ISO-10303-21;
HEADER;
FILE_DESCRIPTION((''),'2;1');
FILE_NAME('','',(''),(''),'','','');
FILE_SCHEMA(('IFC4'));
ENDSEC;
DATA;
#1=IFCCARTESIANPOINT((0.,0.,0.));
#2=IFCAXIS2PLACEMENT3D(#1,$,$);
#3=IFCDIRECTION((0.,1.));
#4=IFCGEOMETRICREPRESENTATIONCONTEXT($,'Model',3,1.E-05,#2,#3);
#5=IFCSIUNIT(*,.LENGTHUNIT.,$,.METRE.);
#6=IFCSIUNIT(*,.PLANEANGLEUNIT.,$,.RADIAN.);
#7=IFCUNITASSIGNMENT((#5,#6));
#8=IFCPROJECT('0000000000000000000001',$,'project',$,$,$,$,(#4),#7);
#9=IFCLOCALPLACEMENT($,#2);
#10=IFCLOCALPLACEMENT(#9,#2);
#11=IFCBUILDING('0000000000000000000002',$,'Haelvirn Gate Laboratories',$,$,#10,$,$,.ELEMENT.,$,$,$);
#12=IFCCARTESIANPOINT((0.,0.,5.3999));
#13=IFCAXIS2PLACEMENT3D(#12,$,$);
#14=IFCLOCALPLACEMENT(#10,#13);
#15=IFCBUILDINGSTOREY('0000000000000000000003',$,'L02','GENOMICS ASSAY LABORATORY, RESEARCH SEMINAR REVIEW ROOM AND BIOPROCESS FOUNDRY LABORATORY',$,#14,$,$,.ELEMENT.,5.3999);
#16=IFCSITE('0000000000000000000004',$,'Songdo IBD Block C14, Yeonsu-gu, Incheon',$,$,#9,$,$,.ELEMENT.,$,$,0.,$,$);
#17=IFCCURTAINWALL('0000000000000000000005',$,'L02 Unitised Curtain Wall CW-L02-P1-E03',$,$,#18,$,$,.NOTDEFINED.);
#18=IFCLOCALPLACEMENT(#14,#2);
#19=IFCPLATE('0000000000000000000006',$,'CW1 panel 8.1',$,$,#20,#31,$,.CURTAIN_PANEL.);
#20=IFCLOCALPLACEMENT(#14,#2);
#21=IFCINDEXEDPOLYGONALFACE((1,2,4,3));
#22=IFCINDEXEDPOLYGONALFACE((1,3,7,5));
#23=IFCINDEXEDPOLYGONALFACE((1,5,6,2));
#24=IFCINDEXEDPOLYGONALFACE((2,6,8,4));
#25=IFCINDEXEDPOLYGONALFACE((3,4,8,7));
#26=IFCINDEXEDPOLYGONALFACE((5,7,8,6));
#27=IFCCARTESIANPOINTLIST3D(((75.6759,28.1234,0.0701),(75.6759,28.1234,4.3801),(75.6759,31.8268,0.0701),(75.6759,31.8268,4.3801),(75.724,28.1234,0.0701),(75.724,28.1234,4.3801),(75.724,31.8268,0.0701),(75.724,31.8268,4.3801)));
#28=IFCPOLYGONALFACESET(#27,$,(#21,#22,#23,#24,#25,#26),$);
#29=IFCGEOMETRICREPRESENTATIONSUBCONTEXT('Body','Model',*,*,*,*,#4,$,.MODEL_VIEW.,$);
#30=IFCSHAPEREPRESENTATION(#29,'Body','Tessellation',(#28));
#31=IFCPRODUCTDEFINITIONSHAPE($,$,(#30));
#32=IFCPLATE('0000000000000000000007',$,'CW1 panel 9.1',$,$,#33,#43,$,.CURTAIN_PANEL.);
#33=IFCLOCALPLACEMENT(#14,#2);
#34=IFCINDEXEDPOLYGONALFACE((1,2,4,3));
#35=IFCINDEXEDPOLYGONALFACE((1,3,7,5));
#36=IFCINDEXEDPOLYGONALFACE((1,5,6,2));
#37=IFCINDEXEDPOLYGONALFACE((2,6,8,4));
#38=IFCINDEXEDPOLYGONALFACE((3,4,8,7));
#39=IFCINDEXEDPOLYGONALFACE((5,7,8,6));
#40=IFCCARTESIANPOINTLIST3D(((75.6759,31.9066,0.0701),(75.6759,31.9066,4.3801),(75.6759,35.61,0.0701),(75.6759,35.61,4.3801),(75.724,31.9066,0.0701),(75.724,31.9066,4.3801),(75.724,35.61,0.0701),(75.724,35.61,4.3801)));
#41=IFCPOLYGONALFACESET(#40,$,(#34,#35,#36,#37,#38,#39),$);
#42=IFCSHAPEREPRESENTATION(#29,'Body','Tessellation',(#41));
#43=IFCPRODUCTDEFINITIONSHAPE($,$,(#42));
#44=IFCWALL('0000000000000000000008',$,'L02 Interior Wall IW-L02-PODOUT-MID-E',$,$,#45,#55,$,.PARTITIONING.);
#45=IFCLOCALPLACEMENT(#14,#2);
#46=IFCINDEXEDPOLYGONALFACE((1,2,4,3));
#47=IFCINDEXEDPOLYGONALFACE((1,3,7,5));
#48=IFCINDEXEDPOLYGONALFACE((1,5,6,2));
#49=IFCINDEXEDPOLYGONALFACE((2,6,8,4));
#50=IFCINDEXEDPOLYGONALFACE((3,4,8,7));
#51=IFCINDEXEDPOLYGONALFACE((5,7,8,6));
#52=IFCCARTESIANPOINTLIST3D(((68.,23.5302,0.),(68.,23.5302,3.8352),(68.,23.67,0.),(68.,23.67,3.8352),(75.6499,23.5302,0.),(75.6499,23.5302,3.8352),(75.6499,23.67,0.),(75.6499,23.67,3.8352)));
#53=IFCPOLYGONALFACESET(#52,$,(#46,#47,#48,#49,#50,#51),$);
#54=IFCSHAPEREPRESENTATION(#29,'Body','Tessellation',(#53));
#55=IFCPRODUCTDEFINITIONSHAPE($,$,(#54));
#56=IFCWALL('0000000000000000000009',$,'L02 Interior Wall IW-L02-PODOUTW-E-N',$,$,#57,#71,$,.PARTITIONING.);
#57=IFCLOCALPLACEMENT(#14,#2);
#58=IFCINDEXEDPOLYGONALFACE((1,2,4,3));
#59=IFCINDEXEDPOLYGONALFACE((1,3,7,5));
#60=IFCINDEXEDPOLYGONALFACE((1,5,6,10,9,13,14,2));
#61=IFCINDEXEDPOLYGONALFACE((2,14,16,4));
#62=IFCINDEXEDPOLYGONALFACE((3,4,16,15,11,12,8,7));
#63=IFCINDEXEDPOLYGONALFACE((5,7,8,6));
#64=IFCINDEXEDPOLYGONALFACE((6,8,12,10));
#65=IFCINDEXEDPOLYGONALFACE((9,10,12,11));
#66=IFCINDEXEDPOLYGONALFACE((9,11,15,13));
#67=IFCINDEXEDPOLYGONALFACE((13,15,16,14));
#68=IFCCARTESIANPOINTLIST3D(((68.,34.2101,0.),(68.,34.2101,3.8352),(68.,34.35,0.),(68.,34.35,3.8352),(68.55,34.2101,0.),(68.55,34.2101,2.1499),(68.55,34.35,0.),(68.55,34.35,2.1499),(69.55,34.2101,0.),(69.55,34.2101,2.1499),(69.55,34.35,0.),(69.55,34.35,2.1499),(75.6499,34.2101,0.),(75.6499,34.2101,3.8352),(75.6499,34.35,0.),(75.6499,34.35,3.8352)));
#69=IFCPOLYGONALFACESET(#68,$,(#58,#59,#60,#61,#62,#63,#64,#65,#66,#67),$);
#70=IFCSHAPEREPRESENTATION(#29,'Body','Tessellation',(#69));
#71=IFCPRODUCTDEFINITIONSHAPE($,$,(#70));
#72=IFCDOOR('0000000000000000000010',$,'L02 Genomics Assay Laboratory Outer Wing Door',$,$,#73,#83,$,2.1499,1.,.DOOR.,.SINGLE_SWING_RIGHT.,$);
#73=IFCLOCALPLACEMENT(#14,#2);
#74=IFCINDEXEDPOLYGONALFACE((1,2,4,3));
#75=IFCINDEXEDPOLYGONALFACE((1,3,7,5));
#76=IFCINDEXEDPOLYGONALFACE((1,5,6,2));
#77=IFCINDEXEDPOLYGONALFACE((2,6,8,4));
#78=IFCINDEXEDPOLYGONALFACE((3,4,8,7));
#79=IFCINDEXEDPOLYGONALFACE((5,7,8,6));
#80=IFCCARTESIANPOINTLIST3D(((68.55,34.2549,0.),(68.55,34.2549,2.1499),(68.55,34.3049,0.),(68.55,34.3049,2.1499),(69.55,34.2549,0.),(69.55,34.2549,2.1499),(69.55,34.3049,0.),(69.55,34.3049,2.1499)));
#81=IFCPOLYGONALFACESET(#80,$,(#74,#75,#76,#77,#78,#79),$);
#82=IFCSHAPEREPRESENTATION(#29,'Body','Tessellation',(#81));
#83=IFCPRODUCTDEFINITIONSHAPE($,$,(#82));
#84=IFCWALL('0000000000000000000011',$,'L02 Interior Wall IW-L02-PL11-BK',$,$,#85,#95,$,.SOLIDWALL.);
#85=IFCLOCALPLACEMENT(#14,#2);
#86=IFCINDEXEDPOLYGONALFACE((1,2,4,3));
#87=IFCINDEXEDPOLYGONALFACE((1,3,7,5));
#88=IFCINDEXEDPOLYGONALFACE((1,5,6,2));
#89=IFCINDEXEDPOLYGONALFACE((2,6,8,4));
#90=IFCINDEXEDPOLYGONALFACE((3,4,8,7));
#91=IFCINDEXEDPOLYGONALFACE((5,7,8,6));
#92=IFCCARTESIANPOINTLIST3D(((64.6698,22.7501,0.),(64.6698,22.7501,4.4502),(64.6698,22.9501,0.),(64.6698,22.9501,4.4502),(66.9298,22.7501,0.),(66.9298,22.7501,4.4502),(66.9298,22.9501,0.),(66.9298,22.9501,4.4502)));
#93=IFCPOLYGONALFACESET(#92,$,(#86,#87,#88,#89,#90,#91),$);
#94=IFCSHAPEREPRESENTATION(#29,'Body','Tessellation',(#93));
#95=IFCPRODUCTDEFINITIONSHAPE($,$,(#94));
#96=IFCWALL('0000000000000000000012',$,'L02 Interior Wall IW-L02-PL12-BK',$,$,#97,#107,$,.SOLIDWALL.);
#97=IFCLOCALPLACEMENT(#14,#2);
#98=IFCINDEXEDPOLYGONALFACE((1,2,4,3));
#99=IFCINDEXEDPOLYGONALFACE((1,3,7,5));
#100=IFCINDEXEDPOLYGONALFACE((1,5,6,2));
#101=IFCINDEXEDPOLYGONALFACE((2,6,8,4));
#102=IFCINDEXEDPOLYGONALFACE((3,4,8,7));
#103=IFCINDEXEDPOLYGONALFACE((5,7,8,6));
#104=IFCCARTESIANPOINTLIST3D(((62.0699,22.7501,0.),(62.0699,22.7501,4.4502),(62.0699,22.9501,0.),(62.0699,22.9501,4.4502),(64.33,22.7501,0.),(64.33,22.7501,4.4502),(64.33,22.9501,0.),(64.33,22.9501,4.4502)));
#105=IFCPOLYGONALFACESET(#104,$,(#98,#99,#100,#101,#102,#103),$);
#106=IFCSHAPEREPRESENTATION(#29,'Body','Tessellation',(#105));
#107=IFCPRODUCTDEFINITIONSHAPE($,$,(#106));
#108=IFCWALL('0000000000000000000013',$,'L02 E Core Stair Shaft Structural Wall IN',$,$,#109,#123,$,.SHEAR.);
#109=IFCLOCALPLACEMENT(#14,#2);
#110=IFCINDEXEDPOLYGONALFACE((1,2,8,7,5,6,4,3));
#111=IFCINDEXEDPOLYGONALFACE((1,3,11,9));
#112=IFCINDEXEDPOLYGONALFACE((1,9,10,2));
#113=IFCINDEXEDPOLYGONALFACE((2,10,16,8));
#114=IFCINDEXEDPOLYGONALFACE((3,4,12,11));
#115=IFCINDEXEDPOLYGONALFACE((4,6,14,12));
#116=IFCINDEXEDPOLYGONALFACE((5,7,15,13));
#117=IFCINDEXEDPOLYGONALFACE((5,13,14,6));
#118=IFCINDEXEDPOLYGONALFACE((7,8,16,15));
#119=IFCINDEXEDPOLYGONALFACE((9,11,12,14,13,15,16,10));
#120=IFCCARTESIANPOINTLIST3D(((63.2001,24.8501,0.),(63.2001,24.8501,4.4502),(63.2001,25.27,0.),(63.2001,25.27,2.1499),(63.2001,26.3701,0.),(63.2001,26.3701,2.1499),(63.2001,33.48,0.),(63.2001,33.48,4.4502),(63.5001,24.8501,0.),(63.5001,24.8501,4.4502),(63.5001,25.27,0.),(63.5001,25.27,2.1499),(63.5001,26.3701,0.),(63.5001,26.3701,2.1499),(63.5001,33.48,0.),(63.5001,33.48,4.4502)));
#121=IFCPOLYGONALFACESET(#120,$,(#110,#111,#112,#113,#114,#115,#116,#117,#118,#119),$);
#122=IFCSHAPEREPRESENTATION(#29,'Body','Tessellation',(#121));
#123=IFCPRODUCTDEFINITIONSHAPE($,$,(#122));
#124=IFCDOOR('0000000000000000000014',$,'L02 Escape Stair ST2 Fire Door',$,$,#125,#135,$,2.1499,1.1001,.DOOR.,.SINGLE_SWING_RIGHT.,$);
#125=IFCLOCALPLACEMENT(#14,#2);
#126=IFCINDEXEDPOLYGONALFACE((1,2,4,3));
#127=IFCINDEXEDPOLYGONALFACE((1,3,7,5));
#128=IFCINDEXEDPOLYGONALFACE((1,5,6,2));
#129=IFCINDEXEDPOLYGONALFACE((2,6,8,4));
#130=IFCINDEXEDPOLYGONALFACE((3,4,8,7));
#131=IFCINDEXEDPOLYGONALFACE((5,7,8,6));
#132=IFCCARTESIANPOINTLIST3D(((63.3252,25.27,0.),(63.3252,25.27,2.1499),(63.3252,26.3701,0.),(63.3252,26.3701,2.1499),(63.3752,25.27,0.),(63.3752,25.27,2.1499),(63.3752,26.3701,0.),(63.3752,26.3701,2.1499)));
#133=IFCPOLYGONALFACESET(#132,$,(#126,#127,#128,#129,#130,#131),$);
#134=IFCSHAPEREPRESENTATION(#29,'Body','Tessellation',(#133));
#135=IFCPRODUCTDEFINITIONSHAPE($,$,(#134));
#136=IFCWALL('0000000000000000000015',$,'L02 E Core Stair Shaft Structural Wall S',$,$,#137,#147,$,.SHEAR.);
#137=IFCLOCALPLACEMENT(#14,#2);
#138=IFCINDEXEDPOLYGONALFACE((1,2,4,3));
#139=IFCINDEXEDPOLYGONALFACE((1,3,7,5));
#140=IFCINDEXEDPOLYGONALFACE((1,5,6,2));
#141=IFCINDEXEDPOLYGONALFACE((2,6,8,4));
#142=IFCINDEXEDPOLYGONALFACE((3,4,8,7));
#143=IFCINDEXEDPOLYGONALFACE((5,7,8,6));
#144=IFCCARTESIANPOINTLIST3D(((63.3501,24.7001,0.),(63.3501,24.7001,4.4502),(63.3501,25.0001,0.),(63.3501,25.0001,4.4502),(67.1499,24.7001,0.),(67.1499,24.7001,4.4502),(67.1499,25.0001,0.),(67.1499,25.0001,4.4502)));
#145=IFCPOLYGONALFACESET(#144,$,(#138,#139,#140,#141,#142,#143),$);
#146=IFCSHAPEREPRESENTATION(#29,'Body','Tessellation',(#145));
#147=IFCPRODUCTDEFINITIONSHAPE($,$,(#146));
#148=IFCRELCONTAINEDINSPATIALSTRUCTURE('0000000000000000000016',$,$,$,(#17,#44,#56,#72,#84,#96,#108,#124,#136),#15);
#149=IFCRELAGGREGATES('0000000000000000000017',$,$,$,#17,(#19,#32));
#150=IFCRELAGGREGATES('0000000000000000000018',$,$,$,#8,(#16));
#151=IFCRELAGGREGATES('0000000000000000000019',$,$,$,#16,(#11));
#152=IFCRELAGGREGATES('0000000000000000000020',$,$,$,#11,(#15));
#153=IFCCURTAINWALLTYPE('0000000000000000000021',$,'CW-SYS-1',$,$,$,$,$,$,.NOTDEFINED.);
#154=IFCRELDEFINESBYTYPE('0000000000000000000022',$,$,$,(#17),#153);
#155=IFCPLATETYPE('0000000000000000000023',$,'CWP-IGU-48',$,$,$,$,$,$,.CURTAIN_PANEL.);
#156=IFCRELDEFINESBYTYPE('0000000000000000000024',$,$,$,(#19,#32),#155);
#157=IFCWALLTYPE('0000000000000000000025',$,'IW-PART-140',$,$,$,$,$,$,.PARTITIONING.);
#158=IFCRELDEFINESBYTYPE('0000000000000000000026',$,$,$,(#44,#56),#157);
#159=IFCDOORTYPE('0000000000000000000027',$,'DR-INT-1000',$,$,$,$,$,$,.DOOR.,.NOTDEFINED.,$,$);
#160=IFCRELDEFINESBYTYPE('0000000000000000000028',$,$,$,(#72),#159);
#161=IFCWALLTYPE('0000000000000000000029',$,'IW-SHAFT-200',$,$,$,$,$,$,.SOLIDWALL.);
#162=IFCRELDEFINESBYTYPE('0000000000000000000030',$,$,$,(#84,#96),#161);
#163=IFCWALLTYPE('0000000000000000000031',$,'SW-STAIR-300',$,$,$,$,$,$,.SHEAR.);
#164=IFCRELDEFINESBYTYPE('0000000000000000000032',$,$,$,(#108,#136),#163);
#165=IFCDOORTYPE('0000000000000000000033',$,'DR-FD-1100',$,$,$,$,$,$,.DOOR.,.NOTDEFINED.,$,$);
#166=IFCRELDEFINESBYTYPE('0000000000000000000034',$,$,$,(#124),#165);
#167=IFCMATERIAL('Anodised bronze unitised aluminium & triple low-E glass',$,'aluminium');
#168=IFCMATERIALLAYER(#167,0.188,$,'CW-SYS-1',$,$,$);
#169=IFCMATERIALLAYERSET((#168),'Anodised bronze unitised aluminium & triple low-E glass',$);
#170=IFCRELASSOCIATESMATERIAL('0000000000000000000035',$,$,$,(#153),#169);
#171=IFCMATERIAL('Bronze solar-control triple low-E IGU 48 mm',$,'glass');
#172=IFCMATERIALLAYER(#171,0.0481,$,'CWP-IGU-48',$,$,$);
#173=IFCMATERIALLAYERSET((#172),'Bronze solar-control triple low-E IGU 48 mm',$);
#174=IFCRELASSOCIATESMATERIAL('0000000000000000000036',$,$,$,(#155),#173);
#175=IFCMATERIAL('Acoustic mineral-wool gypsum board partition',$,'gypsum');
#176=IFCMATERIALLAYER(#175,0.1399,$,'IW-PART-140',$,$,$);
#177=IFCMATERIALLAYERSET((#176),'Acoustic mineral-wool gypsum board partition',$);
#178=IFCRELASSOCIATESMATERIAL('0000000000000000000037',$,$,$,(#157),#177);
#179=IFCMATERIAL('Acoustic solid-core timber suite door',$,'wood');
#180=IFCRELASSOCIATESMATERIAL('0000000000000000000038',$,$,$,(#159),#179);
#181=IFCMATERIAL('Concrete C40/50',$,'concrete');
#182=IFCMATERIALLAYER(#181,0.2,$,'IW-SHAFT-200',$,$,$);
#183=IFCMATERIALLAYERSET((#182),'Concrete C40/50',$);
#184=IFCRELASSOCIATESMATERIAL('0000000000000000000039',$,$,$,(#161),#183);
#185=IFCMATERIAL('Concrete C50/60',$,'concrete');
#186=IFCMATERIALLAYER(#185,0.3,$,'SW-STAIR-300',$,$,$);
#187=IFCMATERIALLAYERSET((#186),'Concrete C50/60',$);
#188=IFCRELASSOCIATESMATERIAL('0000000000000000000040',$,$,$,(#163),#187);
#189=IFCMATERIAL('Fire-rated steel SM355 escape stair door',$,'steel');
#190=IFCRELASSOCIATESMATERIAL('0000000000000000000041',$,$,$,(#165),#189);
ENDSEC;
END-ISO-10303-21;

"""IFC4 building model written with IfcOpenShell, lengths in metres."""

from ifc_helpers import new_model, si_unit, direction, frame, frame_2d, origin, origin_2d, place, context, subcontext, project, spatial, rectangle, extrude, source, transform, mapped, material, layer, layer_set, type_object, type_shapes, element, fill, aggregate, save


model = new_model("IFC4")

# Units and contexts
model_context = context("Model", 3, precision=1e-05, world=origin(), true_north=direction((0.0, 1.0)))
body_context = subcontext(model_context, "Body", "Model", "MODEL_VIEW")
ifc_project = project(units=[si_unit("LENGTHUNIT", "METRE"), si_unit("PLANEANGLEUNIT", "RADIAN")], contexts=[model_context])

# Site, building, storey
site_placement = place(None, origin())
site = spatial("IfcSite", under=ifc_project, at=site_placement, Name="Songdo IBD Block C14, Yeonsu-gu, Incheon", CompositionType="ELEMENT", RefElevation=0.0)
building_placement = place(site_placement, origin())
building = spatial("IfcBuilding", under=site, at=building_placement, Name="Haelvirn Gate Laboratories", CompositionType="ELEMENT")
storey_placement = place(building_placement, frame((0.0, 0.0, 5.3999)))
storey = spatial("IfcBuildingStorey", under=building, at=storey_placement, Name="L02", Description="GENOMICS ASSAY LABORATORY, RESEARCH SEMINAR REVIEW ROOM AND BIOPROCESS FOUNDRY LABORATORY", CompositionType="ELEMENT", Elevation=5.3999)

# Curtain wall, plates
ifc_material_1 = material(Name="Anodised bronze unitised aluminium & triple low-E glass", Category="aluminium")
ifc_layer_1 = layer(ifc_material_1, 0.188, Name="CW-SYS-1")
ifc_layer_set_1 = layer_set([ifc_layer_1], Name="Anodised bronze unitised aluminium & triple low-E glass")
curtain_wall_type = type_object("IfcCurtainWallType", Name="CW-SYS-1", PredefinedType="NOTDEFINED", material=ifc_layer_set_1)
curtain_wall_placement = place(storey_placement, origin())
curtain_wall = element("IfcCurtainWall", 1, at=curtain_wall_placement, inside=storey, type_object=curtain_wall_type, Name="L02 Unitised Curtain Wall CW-L02-P1-E03", PredefinedType="NOTDEFINED")
ifc_material_2 = material(Name="Bronze solar-control triple low-E IGU 48 mm", Category="glass")
ifc_layer_2 = layer(ifc_material_2, 0.0481, Name="CWP-IGU-48")
ifc_layer_set_2 = layer_set([ifc_layer_2], Name="Bronze solar-control triple low-E IGU 48 mm")
plate_type = type_object("IfcPlateType", Name="CWP-IGU-48", PredefinedType="CURTAIN_PANEL", material=ifc_layer_set_2)
shared_shape_1 = source(origin(), body_context, "Body", "SweptSolid", [
    extrude(rectangle(XDim=3.7034, YDim=0.0481, at=origin_2d()), origin(), (0.0, 0.0, 1.0), 4.3101),
])
type_shapes(plate_type, [shared_shape_1])
plate_1_placement = place(storey_placement, frame((75.7, 29.9751, 0.0701), z_axis=(0.0, 0.0, 1.0), x_axis=(0.0, 1.0, 0.0)))
plate_1 = element("IfcPlate", 2, at=plate_1_placement, type_object=plate_type, Name="CW1 panel 8.1", PredefinedType="CURTAIN_PANEL", context=body_context, shape_type="MappedRepresentation", body=[
    mapped(shared_shape_1, transform((0.0, 0.0, 0.0), scale=1.0)),
])
plate_2_placement = place(storey_placement, frame((75.7, 33.7583, 0.0701), z_axis=(0.0, 0.0, 1.0), x_axis=(0.0, 1.0, 0.0)))
plate_2 = element("IfcPlate", 3, at=plate_2_placement, type_object=plate_type, Name="CW1 panel 9.1", PredefinedType="CURTAIN_PANEL", context=body_context, shape_type="MappedRepresentation", body=[
    mapped(shared_shape_1, transform((0.0, 0.0, 0.0), scale=1.0)),
])
aggregate(curtain_wall, [plate_1, plate_2])

# Wall
ifc_material_3 = material(Name="Acoustic mineral-wool gypsum board partition", Category="gypsum")
ifc_layer_3 = layer(ifc_material_3, 0.1399, Name="IW-PART-140")
ifc_layer_set_3 = layer_set([ifc_layer_3], Name="Acoustic mineral-wool gypsum board partition")
wall_type_1 = type_object("IfcWallType", Name="IW-PART-140", PredefinedType="PARTITIONING", material=ifc_layer_set_3)
wall_1_placement = place(storey_placement, frame((68.0, 23.6001, 0.0), z_axis=(0.0, 0.0, 1.0), x_axis=(1.0, 0.0, 0.0)))
element("IfcWall", 4, at=wall_1_placement, inside=storey, type_object=wall_type_1, Name="L02 Interior Wall IW-L02-PODOUT-MID-E", PredefinedType="PARTITIONING", context=body_context, shape_type="SweptSolid", body=[
    extrude(rectangle(XDim=7.6499, YDim=0.1399, at=frame_2d((3.825, 0.0))), origin(), (0.0, 0.0, 1.0), 3.8352),
])

# Wall, opening, door
wall_2_placement = place(storey_placement, frame((68.0, 34.28, 0.0), z_axis=(0.0, 0.0, 1.0), x_axis=(1.0, 0.0, 0.0)))
wall_2 = element("IfcWall", 5, at=wall_2_placement, inside=storey, type_object=wall_type_1, Name="L02 Interior Wall IW-L02-PODOUTW-E-N", PredefinedType="PARTITIONING", context=body_context, shape_type="SweptSolid", body=[
    extrude(rectangle(XDim=7.6499, YDim=0.1399, at=frame_2d((3.825, 0.0))), origin(), (0.0, 0.0, 1.0), 3.8352),
])
opening_1_placement = place(wall_2_placement, frame((0.55, 0.0, 0.0)))
opening_1 = element("IfcOpeningElement", 6, at=opening_1_placement, cuts=wall_2, PredefinedType="OPENING", context=body_context, shape_type="SweptSolid", body=[
    extrude(rectangle(XDim=1.0, YDim=2.1499, at=frame_2d((0.5, 1.075))), frame((0.0, 0.0801, 0.0), z_axis=(0.0, -1.0, 0.0), x_axis=(1.0, 0.0, 0.0)), (0.0, 0.0, 1.0), 0.1599),
])
ifc_material_4 = material(Name="Acoustic solid-core timber suite door", Category="wood")
door_type_1 = type_object("IfcDoorType", Name="DR-INT-1000", OperationType="NOTDEFINED", PredefinedType="DOOR", material=ifc_material_4)
shared_shape_2 = source(origin(), body_context, "Body", "SweptSolid", [
    extrude(rectangle(XDim=1.0, YDim=2.1499, at=frame_2d((0.5, 1.075))), frame((0.0, 0.0249, 0.0), z_axis=(0.0, -1.0, 0.0), x_axis=(1.0, 0.0, 0.0)), (0.0, 0.0, 1.0), 0.05),
])
type_shapes(door_type_1, [shared_shape_2])
door_1_placement = place(opening_1_placement, origin())
door_1 = element("IfcDoor", 7, at=door_1_placement, inside=storey, type_object=door_type_1, Name="L02 Genomics Assay Laboratory Outer Wing Door", OperationType="SINGLE_SWING_RIGHT", OverallHeight=2.1499, OverallWidth=1.0, PredefinedType="DOOR", context=body_context, shape_type="MappedRepresentation", body=[
    mapped(shared_shape_2, transform((0.0, 0.0, 0.0), scale=1.0)),
])
fill(opening_1, door_1)

# Walls
ifc_material_5 = material(Name="Concrete C40/50", Category="concrete")
ifc_layer_4 = layer(ifc_material_5, 0.2, Name="IW-SHAFT-200")
ifc_layer_set_4 = layer_set([ifc_layer_4], Name="Concrete C40/50")
wall_type_2 = type_object("IfcWallType", Name="IW-SHAFT-200", PredefinedType="SOLIDWALL", material=ifc_layer_set_4)
for number, where, z_axis, x_axis, name in (
    (8, (64.6699, 22.8501, 0.0), (0.0, 0.0, 1.0), (1.0, 0.0, 0.0), "L02 Interior Wall IW-L02-PL11-BK"),
    (9, (62.0701, 22.8501, 0.0), (0.0, 0.0, 1.0), (1.0, 0.0, 0.0), "L02 Interior Wall IW-L02-PL12-BK"),
):
    element("IfcWall", number, at=place(storey_placement, frame(where, z_axis=z_axis, x_axis=x_axis)), inside=storey, type_object=wall_type_2, Name=name, PredefinedType="SOLIDWALL", context=body_context, shape_type="SweptSolid", body=[
        extrude(rectangle(XDim=2.26, YDim=0.2, at=frame_2d((1.1299, 0.0))), origin(), (0.0, 0.0, 1.0), 4.4502),
    ])

# Wall, opening, door
ifc_material_6 = material(Name="Concrete C50/60", Category="concrete")
ifc_layer_5 = layer(ifc_material_6, 0.3, Name="SW-STAIR-300")
ifc_layer_set_5 = layer_set([ifc_layer_5], Name="Concrete C50/60")
wall_type_3 = type_object("IfcWallType", Name="SW-STAIR-300", PredefinedType="SHEAR", material=ifc_layer_set_5)
wall_3_placement = place(storey_placement, frame((63.3501, 24.8501, 0.0), z_axis=(0.0, 0.0, 1.0), x_axis=(0.0, 1.0, 0.0)))
wall_3 = element("IfcWall", 10, at=wall_3_placement, inside=storey, type_object=wall_type_3, Name="L02 E Core Stair Shaft Structural Wall IN", PredefinedType="SHEAR", context=body_context, shape_type="SweptSolid", body=[
    extrude(rectangle(XDim=8.6299, YDim=0.3, at=frame_2d((4.3149, 0.0))), origin(), (0.0, 0.0, 1.0), 4.4502),
])
opening_2_placement = place(wall_3_placement, frame((0.4199, 0.0, 0.0)))
opening_2 = element("IfcOpeningElement", 11, at=opening_2_placement, cuts=wall_3, PredefinedType="OPENING", context=body_context, shape_type="SweptSolid", body=[
    extrude(rectangle(XDim=1.1001, YDim=2.1499, at=frame_2d((0.55, 1.075))), frame((0.0, 0.1602, 0.0), z_axis=(0.0, -1.0, 0.0), x_axis=(1.0, 0.0, 0.0)), (0.0, 0.0, 1.0), 0.3201),
])
ifc_material_7 = material(Name="Fire-rated steel SM355 escape stair door", Category="steel")
door_type_2 = type_object("IfcDoorType", Name="DR-FD-1100", OperationType="NOTDEFINED", PredefinedType="DOOR", material=ifc_material_7)
shared_shape_3 = source(origin(), body_context, "Body", "SweptSolid", [
    extrude(rectangle(XDim=1.1001, YDim=2.1499, at=frame_2d((0.55, 1.075))), frame((0.0, 0.0249, 0.0), z_axis=(0.0, -1.0, 0.0), x_axis=(1.0, 0.0, 0.0)), (0.0, 0.0, 1.0), 0.05),
])
type_shapes(door_type_2, [shared_shape_3])
door_2_placement = place(opening_2_placement, origin())
door_2 = element("IfcDoor", 12, at=door_2_placement, inside=storey, type_object=door_type_2, Name="L02 Escape Stair ST2 Fire Door", OperationType="SINGLE_SWING_RIGHT", OverallHeight=2.1499, OverallWidth=1.1001, PredefinedType="DOOR", context=body_context, shape_type="MappedRepresentation", body=[
    mapped(shared_shape_3, transform((0.0, 0.0, 0.0), scale=1.0)),
])
fill(opening_2, door_2)

# Wall
wall_4_placement = place(storey_placement, frame((63.3501, 24.8501, 0.0), z_axis=(0.0, 0.0, 1.0), x_axis=(1.0, 0.0, 0.0)))
element("IfcWall", 13, at=wall_4_placement, inside=storey, type_object=wall_type_3, Name="L02 E Core Stair Shaft Structural Wall S", PredefinedType="SHEAR", context=body_context, shape_type="SweptSolid", body=[
    extrude(rectangle(XDim=3.7998, YDim=0.3, at=frame_2d((1.8999, 0.0))), origin(), (0.0, 0.0, 1.0), 4.4502),
])

save(model, "model.ifc")
